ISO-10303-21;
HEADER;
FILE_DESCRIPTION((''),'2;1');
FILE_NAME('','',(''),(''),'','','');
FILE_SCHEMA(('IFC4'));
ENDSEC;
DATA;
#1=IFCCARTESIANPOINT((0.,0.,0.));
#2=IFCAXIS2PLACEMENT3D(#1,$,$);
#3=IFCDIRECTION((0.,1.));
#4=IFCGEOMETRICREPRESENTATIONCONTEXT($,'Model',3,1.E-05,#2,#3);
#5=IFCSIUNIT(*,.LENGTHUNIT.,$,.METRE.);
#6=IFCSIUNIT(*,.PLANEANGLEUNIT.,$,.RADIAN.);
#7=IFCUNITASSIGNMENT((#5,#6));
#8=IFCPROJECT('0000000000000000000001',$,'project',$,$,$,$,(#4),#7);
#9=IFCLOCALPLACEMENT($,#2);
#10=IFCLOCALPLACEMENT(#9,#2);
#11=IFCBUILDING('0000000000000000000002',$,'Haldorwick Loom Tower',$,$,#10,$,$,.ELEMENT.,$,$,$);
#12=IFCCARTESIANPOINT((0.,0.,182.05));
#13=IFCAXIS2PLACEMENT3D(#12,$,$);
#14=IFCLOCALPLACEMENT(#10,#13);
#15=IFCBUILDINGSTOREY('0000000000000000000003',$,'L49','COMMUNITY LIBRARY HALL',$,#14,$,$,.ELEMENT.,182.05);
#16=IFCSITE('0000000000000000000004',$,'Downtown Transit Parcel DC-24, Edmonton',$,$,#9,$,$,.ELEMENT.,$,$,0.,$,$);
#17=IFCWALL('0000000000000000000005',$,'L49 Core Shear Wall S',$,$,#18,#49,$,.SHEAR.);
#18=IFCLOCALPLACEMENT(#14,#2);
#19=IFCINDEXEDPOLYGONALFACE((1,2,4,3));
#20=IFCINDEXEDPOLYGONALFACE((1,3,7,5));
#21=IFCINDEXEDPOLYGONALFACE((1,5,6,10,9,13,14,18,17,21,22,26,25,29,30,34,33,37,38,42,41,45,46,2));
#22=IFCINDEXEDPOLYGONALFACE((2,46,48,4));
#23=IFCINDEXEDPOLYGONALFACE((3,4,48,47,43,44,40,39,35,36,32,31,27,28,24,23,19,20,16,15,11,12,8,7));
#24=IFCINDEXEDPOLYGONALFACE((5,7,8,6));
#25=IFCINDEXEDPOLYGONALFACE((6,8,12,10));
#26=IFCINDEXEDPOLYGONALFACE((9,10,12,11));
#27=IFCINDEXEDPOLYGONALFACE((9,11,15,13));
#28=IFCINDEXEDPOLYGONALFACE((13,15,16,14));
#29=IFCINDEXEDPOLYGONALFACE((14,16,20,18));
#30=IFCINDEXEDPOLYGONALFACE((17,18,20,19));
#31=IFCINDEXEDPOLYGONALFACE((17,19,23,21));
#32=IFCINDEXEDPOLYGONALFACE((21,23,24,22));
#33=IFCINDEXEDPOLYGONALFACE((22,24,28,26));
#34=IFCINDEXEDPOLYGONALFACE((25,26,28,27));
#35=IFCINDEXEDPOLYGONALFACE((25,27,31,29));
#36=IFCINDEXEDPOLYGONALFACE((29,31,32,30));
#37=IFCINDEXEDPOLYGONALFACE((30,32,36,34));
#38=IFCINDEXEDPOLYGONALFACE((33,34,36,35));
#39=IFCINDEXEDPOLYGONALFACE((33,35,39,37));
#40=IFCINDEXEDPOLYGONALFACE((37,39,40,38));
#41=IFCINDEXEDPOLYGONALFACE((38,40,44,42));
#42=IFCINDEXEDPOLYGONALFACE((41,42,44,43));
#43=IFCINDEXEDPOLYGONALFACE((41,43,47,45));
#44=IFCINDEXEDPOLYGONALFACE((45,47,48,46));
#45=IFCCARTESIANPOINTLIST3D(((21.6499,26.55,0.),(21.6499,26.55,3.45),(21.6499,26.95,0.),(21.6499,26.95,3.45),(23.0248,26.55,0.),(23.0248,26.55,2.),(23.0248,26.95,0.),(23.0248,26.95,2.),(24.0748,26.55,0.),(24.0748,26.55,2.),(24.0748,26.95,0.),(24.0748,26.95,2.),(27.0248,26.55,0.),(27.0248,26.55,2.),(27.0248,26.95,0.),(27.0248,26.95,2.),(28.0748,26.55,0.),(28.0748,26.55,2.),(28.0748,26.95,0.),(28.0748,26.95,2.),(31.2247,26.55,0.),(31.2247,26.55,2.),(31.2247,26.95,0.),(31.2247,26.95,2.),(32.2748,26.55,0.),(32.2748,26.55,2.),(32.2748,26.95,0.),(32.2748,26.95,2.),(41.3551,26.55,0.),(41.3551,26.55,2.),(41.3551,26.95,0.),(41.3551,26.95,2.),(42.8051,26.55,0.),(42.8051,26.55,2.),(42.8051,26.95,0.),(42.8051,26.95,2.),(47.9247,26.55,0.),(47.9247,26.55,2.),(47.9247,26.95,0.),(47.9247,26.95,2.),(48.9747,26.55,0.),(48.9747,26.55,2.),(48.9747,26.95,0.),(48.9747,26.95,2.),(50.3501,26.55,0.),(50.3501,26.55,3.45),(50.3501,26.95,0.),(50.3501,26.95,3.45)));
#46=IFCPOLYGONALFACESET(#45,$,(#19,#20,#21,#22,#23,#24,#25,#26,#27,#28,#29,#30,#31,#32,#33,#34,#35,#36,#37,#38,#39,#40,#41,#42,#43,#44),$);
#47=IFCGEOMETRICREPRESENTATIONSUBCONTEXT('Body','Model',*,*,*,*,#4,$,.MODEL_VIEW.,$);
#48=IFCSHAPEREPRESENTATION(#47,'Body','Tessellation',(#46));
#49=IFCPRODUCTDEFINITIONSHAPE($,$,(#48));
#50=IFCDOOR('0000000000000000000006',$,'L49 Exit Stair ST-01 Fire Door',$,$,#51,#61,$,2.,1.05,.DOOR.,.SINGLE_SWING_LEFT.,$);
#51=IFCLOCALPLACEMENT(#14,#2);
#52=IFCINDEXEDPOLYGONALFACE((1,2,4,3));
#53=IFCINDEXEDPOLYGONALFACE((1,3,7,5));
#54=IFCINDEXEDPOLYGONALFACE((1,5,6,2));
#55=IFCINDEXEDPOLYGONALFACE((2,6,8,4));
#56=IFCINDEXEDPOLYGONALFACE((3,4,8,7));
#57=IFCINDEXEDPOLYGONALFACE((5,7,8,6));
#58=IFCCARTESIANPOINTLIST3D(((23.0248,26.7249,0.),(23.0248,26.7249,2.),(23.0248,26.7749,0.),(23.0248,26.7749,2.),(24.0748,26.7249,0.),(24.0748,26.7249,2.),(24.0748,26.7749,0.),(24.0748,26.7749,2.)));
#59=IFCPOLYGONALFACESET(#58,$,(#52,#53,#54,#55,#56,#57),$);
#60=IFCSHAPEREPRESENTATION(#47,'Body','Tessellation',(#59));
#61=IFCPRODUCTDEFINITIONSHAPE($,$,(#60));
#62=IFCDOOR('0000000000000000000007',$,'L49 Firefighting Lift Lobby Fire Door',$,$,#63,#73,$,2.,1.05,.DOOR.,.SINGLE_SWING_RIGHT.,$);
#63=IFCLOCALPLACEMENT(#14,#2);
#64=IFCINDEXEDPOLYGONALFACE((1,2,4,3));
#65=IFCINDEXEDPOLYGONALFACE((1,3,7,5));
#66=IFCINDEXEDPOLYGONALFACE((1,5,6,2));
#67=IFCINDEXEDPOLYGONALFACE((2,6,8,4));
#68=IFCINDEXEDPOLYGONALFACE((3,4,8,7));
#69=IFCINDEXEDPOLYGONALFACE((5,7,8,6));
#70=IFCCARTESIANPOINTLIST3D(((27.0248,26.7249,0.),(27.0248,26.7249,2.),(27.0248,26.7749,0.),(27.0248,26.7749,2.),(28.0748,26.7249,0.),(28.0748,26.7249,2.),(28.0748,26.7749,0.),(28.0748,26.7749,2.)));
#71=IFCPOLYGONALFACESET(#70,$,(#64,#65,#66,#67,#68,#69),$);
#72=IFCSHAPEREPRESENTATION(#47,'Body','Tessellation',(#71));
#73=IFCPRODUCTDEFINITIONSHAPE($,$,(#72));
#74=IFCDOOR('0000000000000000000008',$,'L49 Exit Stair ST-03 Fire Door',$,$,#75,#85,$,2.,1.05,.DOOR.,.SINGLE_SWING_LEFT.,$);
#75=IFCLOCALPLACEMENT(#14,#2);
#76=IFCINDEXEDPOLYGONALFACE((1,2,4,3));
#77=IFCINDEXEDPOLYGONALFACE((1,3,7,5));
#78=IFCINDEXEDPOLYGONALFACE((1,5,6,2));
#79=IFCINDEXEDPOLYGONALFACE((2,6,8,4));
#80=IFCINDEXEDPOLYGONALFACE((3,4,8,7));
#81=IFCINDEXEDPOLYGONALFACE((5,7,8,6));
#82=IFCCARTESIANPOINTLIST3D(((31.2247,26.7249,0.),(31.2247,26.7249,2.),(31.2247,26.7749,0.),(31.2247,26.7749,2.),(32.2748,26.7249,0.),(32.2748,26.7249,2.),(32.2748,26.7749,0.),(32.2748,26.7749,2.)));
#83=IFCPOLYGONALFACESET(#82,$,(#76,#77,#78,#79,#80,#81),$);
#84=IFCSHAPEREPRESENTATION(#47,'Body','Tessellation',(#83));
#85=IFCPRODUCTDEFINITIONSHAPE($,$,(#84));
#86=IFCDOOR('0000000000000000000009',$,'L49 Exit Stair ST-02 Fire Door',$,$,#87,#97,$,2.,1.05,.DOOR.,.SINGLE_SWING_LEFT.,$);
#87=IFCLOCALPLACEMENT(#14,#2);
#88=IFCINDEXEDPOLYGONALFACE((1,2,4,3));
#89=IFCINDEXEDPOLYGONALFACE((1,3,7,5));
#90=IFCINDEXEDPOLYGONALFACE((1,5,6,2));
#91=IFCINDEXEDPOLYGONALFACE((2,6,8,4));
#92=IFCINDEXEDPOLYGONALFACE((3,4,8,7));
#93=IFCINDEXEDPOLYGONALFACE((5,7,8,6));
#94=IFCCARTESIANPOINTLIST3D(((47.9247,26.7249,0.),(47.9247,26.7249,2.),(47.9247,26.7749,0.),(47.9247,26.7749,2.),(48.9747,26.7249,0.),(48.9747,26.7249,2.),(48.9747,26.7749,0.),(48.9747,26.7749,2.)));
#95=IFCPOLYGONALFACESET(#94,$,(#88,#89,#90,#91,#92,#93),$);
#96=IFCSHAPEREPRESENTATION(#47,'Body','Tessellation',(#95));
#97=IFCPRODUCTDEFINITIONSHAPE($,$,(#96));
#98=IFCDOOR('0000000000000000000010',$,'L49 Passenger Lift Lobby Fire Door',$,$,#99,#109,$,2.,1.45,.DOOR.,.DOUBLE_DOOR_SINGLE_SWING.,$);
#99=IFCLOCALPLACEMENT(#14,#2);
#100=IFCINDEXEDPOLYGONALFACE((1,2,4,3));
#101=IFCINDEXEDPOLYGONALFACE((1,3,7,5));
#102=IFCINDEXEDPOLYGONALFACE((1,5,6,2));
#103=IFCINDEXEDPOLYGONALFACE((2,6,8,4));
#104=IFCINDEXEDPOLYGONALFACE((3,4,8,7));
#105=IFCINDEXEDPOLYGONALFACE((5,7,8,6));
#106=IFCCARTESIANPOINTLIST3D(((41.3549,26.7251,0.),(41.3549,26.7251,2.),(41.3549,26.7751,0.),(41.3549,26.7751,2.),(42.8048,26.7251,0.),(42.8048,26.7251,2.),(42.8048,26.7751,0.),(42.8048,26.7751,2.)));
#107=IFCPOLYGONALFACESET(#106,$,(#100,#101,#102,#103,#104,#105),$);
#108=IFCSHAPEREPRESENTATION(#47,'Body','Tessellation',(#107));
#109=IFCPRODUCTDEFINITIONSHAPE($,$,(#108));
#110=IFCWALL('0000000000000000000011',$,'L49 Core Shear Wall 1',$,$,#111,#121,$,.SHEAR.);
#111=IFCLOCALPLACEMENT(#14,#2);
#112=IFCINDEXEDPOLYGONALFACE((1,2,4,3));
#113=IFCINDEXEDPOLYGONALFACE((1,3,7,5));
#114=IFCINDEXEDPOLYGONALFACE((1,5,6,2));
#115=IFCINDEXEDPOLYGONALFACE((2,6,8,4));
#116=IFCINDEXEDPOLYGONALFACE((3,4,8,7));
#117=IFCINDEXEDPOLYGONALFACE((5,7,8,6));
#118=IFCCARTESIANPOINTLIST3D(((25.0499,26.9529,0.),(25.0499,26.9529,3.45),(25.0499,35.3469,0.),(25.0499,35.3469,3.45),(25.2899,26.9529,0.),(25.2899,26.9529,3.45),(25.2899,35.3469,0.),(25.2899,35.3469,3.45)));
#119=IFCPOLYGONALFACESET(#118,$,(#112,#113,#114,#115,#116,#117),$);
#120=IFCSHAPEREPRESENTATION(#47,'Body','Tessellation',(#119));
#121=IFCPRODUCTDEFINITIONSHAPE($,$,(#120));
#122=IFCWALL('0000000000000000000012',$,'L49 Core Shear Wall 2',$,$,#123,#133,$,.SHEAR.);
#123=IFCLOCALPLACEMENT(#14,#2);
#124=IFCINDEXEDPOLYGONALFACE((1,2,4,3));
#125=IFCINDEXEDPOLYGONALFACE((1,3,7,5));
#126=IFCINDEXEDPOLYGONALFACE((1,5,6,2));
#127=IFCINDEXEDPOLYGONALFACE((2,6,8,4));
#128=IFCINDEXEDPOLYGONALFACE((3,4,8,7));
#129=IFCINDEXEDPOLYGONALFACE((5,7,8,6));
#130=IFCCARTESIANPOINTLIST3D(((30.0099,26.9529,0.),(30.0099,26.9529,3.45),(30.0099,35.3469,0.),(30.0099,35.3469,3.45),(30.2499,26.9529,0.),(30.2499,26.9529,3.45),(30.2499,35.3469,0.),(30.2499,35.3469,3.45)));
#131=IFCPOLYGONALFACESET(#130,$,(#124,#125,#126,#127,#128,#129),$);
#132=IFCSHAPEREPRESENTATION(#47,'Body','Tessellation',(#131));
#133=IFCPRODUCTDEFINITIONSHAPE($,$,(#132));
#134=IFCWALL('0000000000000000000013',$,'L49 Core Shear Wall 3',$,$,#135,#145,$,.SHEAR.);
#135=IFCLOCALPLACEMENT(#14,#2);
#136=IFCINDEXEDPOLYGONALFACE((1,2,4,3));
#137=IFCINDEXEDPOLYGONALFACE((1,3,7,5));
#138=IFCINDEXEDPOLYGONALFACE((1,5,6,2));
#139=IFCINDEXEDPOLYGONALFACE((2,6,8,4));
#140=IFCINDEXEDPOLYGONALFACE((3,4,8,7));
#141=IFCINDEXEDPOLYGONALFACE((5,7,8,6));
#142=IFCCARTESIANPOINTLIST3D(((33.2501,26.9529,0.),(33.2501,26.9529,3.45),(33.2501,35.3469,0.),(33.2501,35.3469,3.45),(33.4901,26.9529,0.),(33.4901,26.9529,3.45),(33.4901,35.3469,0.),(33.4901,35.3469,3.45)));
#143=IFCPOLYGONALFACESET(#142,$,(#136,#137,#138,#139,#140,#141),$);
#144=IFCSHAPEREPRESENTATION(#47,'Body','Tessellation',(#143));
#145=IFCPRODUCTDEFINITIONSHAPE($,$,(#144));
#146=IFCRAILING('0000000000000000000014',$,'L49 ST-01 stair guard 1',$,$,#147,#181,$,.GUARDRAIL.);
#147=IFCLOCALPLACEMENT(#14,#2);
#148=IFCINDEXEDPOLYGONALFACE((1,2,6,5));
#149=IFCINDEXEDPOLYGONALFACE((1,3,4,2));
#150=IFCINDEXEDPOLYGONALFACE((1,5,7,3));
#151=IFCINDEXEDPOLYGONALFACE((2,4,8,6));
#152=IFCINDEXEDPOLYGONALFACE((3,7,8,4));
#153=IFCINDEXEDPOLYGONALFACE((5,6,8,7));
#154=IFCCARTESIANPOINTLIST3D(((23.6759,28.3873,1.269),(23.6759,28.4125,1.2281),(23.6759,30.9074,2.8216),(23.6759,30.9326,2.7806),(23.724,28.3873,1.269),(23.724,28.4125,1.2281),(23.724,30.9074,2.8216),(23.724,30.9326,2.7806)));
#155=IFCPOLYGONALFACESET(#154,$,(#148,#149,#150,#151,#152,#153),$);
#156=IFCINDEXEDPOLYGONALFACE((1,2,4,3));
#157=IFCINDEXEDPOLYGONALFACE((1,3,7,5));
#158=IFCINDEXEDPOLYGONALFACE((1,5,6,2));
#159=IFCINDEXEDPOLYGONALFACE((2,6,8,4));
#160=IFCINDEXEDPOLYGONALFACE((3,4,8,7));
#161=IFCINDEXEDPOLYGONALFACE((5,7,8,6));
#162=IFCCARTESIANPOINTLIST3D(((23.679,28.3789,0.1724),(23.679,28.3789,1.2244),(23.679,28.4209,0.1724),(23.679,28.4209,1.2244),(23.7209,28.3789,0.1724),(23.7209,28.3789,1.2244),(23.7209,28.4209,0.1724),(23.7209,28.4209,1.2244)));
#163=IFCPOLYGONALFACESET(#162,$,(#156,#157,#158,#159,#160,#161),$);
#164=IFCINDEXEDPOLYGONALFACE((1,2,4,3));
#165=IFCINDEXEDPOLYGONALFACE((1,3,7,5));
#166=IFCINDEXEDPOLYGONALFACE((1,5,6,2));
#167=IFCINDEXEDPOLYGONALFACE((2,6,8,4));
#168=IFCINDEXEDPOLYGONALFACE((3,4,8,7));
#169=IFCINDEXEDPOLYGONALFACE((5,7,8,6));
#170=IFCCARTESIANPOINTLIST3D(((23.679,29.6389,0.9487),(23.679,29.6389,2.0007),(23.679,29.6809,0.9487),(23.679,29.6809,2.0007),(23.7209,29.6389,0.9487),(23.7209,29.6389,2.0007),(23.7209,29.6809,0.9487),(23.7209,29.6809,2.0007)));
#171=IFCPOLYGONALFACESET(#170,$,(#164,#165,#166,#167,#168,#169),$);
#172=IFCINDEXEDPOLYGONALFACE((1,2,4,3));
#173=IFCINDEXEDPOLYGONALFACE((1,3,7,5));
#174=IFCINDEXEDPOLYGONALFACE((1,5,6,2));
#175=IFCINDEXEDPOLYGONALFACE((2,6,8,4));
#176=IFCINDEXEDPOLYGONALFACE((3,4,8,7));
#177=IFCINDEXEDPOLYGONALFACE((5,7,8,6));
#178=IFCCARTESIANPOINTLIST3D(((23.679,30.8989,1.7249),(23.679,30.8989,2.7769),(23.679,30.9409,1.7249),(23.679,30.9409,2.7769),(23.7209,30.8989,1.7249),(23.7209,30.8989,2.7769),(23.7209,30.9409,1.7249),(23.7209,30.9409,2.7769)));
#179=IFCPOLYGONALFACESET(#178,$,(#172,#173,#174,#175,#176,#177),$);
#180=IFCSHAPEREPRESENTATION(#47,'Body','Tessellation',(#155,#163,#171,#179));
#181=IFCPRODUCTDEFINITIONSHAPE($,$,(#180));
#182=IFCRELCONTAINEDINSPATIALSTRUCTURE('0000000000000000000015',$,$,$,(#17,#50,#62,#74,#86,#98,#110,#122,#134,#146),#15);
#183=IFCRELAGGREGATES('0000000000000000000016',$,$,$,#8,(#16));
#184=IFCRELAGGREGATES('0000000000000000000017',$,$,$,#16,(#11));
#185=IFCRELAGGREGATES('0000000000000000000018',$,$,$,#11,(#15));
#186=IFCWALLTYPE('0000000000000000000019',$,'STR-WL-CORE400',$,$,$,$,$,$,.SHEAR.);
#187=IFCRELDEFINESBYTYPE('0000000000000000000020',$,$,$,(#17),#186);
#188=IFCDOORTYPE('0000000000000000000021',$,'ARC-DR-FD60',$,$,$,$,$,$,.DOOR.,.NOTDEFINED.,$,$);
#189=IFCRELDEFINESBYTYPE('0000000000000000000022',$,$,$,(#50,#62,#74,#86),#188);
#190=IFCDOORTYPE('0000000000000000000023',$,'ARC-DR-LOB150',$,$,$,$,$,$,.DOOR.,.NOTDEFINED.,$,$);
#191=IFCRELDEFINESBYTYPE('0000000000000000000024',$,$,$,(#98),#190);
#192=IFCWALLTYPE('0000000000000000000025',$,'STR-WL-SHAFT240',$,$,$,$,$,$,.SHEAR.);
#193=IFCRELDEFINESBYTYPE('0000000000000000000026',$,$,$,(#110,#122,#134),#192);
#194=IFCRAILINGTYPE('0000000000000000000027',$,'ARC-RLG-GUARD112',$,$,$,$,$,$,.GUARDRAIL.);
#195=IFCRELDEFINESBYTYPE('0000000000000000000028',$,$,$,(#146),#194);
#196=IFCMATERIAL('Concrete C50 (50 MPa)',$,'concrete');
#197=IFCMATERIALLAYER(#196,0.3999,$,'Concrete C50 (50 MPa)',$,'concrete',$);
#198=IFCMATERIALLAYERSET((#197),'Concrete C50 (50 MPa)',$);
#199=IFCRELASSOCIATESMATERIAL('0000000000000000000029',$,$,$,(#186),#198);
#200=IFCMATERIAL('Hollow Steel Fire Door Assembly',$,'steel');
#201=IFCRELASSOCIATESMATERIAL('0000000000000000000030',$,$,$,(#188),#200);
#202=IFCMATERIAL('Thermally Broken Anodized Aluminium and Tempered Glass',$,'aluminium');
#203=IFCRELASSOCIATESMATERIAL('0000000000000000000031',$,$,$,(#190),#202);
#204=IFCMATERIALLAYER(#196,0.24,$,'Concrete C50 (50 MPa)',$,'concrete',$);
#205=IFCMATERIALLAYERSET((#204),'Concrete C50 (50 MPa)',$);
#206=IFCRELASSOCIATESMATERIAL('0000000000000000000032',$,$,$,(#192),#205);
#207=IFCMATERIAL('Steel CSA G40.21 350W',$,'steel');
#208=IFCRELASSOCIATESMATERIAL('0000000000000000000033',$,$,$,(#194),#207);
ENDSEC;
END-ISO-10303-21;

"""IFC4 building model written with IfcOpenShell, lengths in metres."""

from ifc_helpers import new_model, si_unit, direction, frame, frame_2d, origin, origin_2d, place, context, subcontext, project, spatial, rectangle, extrude, material, layer, layer_set, type_object, element, fill, save


model = new_model("IFC4")

# Units and contexts
model_context = context("Model", 3, precision=1e-05, world=origin(), true_north=direction((0.0, 1.0)))
body_context = subcontext(model_context, "Body", "Model", "MODEL_VIEW")
ifc_project = project(units=[si_unit("LENGTHUNIT", "METRE"), si_unit("PLANEANGLEUNIT", "RADIAN")], contexts=[model_context])

# Site, building, storey
site_placement = place(None, origin())
site = spatial("IfcSite", under=ifc_project, at=site_placement, Name="Downtown Transit Parcel DC-24, Edmonton", CompositionType="ELEMENT", RefElevation=0.0)
building_placement = place(site_placement, origin())
building = spatial("IfcBuilding", under=site, at=building_placement, Name="Haldorwick Loom Tower", CompositionType="ELEMENT")
storey_placement = place(building_placement, frame((0.0, 0.0, 182.05)))
storey = spatial("IfcBuildingStorey", under=building, at=storey_placement, Name="L49", Description="COMMUNITY LIBRARY HALL", CompositionType="ELEMENT", Elevation=182.05)

# Shared definitions
ifc_material_1 = material(Name="Steel CSA G40.21 350W", Category="steel")

# Shared definitions
ifc_material_2 = material(Name="Concrete C50 (50 MPa)", Category="concrete")

# Wall, openings, doors
ifc_layer_1 = layer(ifc_material_2, 0.3999, Name="Concrete C50 (50 MPa)", Category="concrete")
ifc_layer_set_1 = layer_set([ifc_layer_1], Name="Concrete C50 (50 MPa)")
wall_type_1 = type_object("IfcWallType", Name="STR-WL-CORE400", PredefinedType="SHEAR", material=ifc_layer_set_1)
wall_1_placement = place(storey_placement, frame((21.6499, 26.75, 0.0), z_axis=(0.0, 0.0, 1.0), x_axis=(1.0, 0.0, 0.0)))
wall_1 = element("IfcWall", 1, at=wall_1_placement, inside=storey, type_object=wall_type_1, Name="L49 Core Shear Wall S", PredefinedType="SHEAR", context=body_context, shape_type="SweptSolid", body=[
    extrude(rectangle(XDim=28.7002, YDim=0.3999, at=frame_2d((14.3501, 0.0))), origin(), (0.0, 0.0, 1.0), 3.45),
])
opening_1_placement = place(wall_1_placement, frame((1.375, 0.0, 0.0)))
opening_1 = element("IfcOpeningElement", 2, at=opening_1_placement, cuts=wall_1, PredefinedType="OPENING", context=body_context, shape_type="SweptSolid", body=[
    extrude(rectangle(XDim=1.05, YDim=2.0, at=frame_2d((0.5249, 1.0))), frame((0.0, 0.21, 0.0), z_axis=(0.0, -1.0, 0.0), x_axis=(1.0, 0.0, 0.0)), (0.0, 0.0, 1.0), 0.4199),
])
opening_2_placement = place(wall_1_placement, frame((5.375, 0.0, 0.0)))
opening_2 = element("IfcOpeningElement", 3, at=opening_2_placement, cuts=wall_1, PredefinedType="OPENING", context=body_context, shape_type="SweptSolid", body=[
    extrude(rectangle(XDim=1.05, YDim=2.0, at=frame_2d((0.5249, 1.0))), frame((0.0, 0.21, 0.0), z_axis=(0.0, -1.0, 0.0), x_axis=(1.0, 0.0, 0.0)), (0.0, 0.0, 1.0), 0.4199),
])
opening_3_placement = place(wall_1_placement, frame((9.575, 0.0, 0.0)))
opening_3 = element("IfcOpeningElement", 4, at=opening_3_placement, cuts=wall_1, PredefinedType="OPENING", context=body_context, shape_type="SweptSolid", body=[
    extrude(rectangle(XDim=1.05, YDim=2.0, at=frame_2d((0.5249, 1.0))), frame((0.0, 0.21, 0.0), z_axis=(0.0, -1.0, 0.0), x_axis=(1.0, 0.0, 0.0)), (0.0, 0.0, 1.0), 0.4199),
])
opening_4_placement = place(wall_1_placement, frame((19.7051, 0.0, 0.0)))
opening_4 = element("IfcOpeningElement", 5, at=opening_4_placement, cuts=wall_1, PredefinedType="OPENING", context=body_context, shape_type="SweptSolid", body=[
    extrude(rectangle(XDim=1.45, YDim=2.0, at=frame_2d((0.7251, 1.0))), frame((0.0, 0.21, 0.0), z_axis=(0.0, -1.0, 0.0), x_axis=(1.0, 0.0, 0.0)), (0.0, 0.0, 1.0), 0.4199),
])
opening_5_placement = place(wall_1_placement, frame((26.2749, 0.0, 0.0)))
opening_5 = element("IfcOpeningElement", 6, at=opening_5_placement, cuts=wall_1, PredefinedType="OPENING", context=body_context, shape_type="SweptSolid", body=[
    extrude(rectangle(XDim=1.05, YDim=2.0, at=frame_2d((0.5249, 1.0))), frame((0.0, 0.21, 0.0), z_axis=(0.0, -1.0, 0.0), x_axis=(1.0, 0.0, 0.0)), (0.0, 0.0, 1.0), 0.4199),
])
ifc_material_3 = material(Name="Hollow Steel Fire Door Assembly", Category="steel")
door_type_1 = type_object("IfcDoorType", Name="ARC-DR-FD60", OperationType="NOTDEFINED", PredefinedType="DOOR", material=ifc_material_3)
door_1_placement = place(opening_1_placement, origin())
door_1 = element("IfcDoor", 7, at=door_1_placement, inside=storey, type_object=door_type_1, Name="L49 Exit Stair ST-01 Fire Door", OperationType="SINGLE_SWING_LEFT", OverallHeight=2.0, OverallWidth=1.05, PredefinedType="DOOR", context=body_context, shape_type="SweptSolid", body=[
    extrude(rectangle(XDim=1.05, YDim=2.0, at=frame_2d((0.5249, 1.0))), frame((0.0, 0.0249, 0.0), z_axis=(0.0, -1.0, 0.0), x_axis=(1.0, 0.0, 0.0)), (0.0, 0.0, 1.0), 0.05),
])
fill(opening_1, door_1)
door_2_placement = place(opening_2_placement, origin())
door_2 = element("IfcDoor", 8, at=door_2_placement, inside=storey, type_object=door_type_1, Name="L49 Firefighting Lift Lobby Fire Door", OperationType="SINGLE_SWING_RIGHT", OverallHeight=2.0, OverallWidth=1.05, PredefinedType="DOOR", context=body_context, shape_type="SweptSolid", body=[
    extrude(rectangle(XDim=1.05, YDim=2.0, at=frame_2d((0.5249, 1.0))), frame((0.0, 0.0249, 0.0), z_axis=(0.0, -1.0, 0.0), x_axis=(1.0, 0.0, 0.0)), (0.0, 0.0, 1.0), 0.05),
])
fill(opening_2, door_2)
door_3_placement = place(opening_3_placement, origin())
door_3 = element("IfcDoor", 9, at=door_3_placement, inside=storey, type_object=door_type_1, Name="L49 Exit Stair ST-03 Fire Door", OperationType="SINGLE_SWING_LEFT", OverallHeight=2.0, OverallWidth=1.05, PredefinedType="DOOR", context=body_context, shape_type="SweptSolid", body=[
    extrude(rectangle(XDim=1.05, YDim=2.0, at=frame_2d((0.5249, 1.0))), frame((0.0, 0.0249, 0.0), z_axis=(0.0, -1.0, 0.0), x_axis=(1.0, 0.0, 0.0)), (0.0, 0.0, 1.0), 0.05),
])
fill(opening_3, door_3)
door_4_placement = place(opening_5_placement, origin())
door_4 = element("IfcDoor", 10, at=door_4_placement, inside=storey, type_object=door_type_1, Name="L49 Exit Stair ST-02 Fire Door", OperationType="SINGLE_SWING_LEFT", OverallHeight=2.0, OverallWidth=1.05, PredefinedType="DOOR", context=body_context, shape_type="SweptSolid", body=[
    extrude(rectangle(XDim=1.05, YDim=2.0, at=frame_2d((0.5249, 1.0))), frame((0.0, 0.0249, 0.0), z_axis=(0.0, -1.0, 0.0), x_axis=(1.0, 0.0, 0.0)), (0.0, 0.0, 1.0), 0.05),
])
fill(opening_5, door_4)
ifc_material_4 = material(Name="Thermally Broken Anodized Aluminium and Tempered Glass", Category="aluminium")
door_type_2 = type_object("IfcDoorType", Name="ARC-DR-LOB150", OperationType="NOTDEFINED", PredefinedType="DOOR", material=ifc_material_4)
door_5_placement = place(opening_4_placement, frame((1.45, 0.0, 0.0), z_axis=(0.0, 0.0, 1.0), x_axis=(-1.0, 0.0, 0.0)))
door_5 = element("IfcDoor", 11, at=door_5_placement, inside=storey, type_object=door_type_2, Name="L49 Passenger Lift Lobby Fire Door", OperationType="DOUBLE_DOOR_SINGLE_SWING", OverallHeight=2.0, OverallWidth=1.45, PredefinedType="DOOR", context=body_context, shape_type="SweptSolid", body=[
    extrude(rectangle(XDim=1.45, YDim=2.0, at=frame_2d((0.7251, 1.0))), frame((0.0, 0.0249, 0.0), z_axis=(0.0, -1.0, 0.0), x_axis=(1.0, 0.0, 0.0)), (0.0, 0.0, 1.0), 0.05),
])
fill(opening_4, door_5)

# Walls
ifc_layer_2 = layer(ifc_material_2, 0.24, Name="Concrete C50 (50 MPa)", Category="concrete")
ifc_layer_set_2 = layer_set([ifc_layer_2], Name="Concrete C50 (50 MPa)")
wall_type_2 = type_object("IfcWallType", Name="STR-WL-SHAFT240", PredefinedType="SHEAR", material=ifc_layer_set_2)
for number, where, z_axis, x_axis, name in (
    (12, (25.1699, 26.9529, 0.0), (0.0, 0.0, 1.0), (0.0, 1.0, 0.0), "L49 Core Shear Wall 1"),
    (13, (30.1299, 26.9529, 0.0), (0.0, 0.0, 1.0), (0.0, 1.0, 0.0), "L49 Core Shear Wall 2"),
    (14, (33.3701, 26.9529, 0.0), (0.0, 0.0, 1.0), (0.0, 1.0, 0.0), "L49 Core Shear Wall 3"),
):
    element("IfcWall", number, at=place(storey_placement, frame(where, z_axis=z_axis, x_axis=x_axis)), inside=storey, type_object=wall_type_2, Name=name, PredefinedType="SHEAR", context=body_context, shape_type="SweptSolid", body=[
        extrude(rectangle(XDim=8.394, YDim=0.24, at=frame_2d((4.197, 0.0))), origin(), (0.0, 0.0, 1.0), 3.45),
    ])

# Railing
railing_type = type_object("IfcRailingType", Name="ARC-RLG-GUARD112", PredefinedType="GUARDRAIL", material=ifc_material_1)
railing_1_placement = place(storey_placement, frame((23.7, 28.3999, 0.1724)))
element("IfcRailing", 15, at=railing_1_placement, inside=storey, type_object=railing_type, Name="L49 ST-01 stair guard 1", PredefinedType="GUARDRAIL", context=body_context, shape_type="SweptSolid", body=[
    extrude(rectangle(XDim=0.0481, YDim=0.0481, at=origin_2d()), frame((0.0, 0.0, 1.0762), z_axis=(0.0, 0.8514, 0.524516), x_axis=(-1.0, 0.0, 0.0)), (0.0, 0.0, 1.0), 2.96),
    extrude(rectangle(XDim=0.042, YDim=0.042, at=origin_2d()), origin(), (0.0, 0.0, 1.0), 1.052),
    extrude(rectangle(XDim=0.042, YDim=0.042, at=origin_2d()), frame((0.0, 1.26, 0.7764)), (0.0, 0.0, 1.0), 1.052),
    extrude(rectangle(XDim=0.042, YDim=0.042, at=origin_2d()), frame((0.0, 2.52, 1.5525)), (0.0, 0.0, 1.0), 1.052),
])

save(model, "model.ifc")
